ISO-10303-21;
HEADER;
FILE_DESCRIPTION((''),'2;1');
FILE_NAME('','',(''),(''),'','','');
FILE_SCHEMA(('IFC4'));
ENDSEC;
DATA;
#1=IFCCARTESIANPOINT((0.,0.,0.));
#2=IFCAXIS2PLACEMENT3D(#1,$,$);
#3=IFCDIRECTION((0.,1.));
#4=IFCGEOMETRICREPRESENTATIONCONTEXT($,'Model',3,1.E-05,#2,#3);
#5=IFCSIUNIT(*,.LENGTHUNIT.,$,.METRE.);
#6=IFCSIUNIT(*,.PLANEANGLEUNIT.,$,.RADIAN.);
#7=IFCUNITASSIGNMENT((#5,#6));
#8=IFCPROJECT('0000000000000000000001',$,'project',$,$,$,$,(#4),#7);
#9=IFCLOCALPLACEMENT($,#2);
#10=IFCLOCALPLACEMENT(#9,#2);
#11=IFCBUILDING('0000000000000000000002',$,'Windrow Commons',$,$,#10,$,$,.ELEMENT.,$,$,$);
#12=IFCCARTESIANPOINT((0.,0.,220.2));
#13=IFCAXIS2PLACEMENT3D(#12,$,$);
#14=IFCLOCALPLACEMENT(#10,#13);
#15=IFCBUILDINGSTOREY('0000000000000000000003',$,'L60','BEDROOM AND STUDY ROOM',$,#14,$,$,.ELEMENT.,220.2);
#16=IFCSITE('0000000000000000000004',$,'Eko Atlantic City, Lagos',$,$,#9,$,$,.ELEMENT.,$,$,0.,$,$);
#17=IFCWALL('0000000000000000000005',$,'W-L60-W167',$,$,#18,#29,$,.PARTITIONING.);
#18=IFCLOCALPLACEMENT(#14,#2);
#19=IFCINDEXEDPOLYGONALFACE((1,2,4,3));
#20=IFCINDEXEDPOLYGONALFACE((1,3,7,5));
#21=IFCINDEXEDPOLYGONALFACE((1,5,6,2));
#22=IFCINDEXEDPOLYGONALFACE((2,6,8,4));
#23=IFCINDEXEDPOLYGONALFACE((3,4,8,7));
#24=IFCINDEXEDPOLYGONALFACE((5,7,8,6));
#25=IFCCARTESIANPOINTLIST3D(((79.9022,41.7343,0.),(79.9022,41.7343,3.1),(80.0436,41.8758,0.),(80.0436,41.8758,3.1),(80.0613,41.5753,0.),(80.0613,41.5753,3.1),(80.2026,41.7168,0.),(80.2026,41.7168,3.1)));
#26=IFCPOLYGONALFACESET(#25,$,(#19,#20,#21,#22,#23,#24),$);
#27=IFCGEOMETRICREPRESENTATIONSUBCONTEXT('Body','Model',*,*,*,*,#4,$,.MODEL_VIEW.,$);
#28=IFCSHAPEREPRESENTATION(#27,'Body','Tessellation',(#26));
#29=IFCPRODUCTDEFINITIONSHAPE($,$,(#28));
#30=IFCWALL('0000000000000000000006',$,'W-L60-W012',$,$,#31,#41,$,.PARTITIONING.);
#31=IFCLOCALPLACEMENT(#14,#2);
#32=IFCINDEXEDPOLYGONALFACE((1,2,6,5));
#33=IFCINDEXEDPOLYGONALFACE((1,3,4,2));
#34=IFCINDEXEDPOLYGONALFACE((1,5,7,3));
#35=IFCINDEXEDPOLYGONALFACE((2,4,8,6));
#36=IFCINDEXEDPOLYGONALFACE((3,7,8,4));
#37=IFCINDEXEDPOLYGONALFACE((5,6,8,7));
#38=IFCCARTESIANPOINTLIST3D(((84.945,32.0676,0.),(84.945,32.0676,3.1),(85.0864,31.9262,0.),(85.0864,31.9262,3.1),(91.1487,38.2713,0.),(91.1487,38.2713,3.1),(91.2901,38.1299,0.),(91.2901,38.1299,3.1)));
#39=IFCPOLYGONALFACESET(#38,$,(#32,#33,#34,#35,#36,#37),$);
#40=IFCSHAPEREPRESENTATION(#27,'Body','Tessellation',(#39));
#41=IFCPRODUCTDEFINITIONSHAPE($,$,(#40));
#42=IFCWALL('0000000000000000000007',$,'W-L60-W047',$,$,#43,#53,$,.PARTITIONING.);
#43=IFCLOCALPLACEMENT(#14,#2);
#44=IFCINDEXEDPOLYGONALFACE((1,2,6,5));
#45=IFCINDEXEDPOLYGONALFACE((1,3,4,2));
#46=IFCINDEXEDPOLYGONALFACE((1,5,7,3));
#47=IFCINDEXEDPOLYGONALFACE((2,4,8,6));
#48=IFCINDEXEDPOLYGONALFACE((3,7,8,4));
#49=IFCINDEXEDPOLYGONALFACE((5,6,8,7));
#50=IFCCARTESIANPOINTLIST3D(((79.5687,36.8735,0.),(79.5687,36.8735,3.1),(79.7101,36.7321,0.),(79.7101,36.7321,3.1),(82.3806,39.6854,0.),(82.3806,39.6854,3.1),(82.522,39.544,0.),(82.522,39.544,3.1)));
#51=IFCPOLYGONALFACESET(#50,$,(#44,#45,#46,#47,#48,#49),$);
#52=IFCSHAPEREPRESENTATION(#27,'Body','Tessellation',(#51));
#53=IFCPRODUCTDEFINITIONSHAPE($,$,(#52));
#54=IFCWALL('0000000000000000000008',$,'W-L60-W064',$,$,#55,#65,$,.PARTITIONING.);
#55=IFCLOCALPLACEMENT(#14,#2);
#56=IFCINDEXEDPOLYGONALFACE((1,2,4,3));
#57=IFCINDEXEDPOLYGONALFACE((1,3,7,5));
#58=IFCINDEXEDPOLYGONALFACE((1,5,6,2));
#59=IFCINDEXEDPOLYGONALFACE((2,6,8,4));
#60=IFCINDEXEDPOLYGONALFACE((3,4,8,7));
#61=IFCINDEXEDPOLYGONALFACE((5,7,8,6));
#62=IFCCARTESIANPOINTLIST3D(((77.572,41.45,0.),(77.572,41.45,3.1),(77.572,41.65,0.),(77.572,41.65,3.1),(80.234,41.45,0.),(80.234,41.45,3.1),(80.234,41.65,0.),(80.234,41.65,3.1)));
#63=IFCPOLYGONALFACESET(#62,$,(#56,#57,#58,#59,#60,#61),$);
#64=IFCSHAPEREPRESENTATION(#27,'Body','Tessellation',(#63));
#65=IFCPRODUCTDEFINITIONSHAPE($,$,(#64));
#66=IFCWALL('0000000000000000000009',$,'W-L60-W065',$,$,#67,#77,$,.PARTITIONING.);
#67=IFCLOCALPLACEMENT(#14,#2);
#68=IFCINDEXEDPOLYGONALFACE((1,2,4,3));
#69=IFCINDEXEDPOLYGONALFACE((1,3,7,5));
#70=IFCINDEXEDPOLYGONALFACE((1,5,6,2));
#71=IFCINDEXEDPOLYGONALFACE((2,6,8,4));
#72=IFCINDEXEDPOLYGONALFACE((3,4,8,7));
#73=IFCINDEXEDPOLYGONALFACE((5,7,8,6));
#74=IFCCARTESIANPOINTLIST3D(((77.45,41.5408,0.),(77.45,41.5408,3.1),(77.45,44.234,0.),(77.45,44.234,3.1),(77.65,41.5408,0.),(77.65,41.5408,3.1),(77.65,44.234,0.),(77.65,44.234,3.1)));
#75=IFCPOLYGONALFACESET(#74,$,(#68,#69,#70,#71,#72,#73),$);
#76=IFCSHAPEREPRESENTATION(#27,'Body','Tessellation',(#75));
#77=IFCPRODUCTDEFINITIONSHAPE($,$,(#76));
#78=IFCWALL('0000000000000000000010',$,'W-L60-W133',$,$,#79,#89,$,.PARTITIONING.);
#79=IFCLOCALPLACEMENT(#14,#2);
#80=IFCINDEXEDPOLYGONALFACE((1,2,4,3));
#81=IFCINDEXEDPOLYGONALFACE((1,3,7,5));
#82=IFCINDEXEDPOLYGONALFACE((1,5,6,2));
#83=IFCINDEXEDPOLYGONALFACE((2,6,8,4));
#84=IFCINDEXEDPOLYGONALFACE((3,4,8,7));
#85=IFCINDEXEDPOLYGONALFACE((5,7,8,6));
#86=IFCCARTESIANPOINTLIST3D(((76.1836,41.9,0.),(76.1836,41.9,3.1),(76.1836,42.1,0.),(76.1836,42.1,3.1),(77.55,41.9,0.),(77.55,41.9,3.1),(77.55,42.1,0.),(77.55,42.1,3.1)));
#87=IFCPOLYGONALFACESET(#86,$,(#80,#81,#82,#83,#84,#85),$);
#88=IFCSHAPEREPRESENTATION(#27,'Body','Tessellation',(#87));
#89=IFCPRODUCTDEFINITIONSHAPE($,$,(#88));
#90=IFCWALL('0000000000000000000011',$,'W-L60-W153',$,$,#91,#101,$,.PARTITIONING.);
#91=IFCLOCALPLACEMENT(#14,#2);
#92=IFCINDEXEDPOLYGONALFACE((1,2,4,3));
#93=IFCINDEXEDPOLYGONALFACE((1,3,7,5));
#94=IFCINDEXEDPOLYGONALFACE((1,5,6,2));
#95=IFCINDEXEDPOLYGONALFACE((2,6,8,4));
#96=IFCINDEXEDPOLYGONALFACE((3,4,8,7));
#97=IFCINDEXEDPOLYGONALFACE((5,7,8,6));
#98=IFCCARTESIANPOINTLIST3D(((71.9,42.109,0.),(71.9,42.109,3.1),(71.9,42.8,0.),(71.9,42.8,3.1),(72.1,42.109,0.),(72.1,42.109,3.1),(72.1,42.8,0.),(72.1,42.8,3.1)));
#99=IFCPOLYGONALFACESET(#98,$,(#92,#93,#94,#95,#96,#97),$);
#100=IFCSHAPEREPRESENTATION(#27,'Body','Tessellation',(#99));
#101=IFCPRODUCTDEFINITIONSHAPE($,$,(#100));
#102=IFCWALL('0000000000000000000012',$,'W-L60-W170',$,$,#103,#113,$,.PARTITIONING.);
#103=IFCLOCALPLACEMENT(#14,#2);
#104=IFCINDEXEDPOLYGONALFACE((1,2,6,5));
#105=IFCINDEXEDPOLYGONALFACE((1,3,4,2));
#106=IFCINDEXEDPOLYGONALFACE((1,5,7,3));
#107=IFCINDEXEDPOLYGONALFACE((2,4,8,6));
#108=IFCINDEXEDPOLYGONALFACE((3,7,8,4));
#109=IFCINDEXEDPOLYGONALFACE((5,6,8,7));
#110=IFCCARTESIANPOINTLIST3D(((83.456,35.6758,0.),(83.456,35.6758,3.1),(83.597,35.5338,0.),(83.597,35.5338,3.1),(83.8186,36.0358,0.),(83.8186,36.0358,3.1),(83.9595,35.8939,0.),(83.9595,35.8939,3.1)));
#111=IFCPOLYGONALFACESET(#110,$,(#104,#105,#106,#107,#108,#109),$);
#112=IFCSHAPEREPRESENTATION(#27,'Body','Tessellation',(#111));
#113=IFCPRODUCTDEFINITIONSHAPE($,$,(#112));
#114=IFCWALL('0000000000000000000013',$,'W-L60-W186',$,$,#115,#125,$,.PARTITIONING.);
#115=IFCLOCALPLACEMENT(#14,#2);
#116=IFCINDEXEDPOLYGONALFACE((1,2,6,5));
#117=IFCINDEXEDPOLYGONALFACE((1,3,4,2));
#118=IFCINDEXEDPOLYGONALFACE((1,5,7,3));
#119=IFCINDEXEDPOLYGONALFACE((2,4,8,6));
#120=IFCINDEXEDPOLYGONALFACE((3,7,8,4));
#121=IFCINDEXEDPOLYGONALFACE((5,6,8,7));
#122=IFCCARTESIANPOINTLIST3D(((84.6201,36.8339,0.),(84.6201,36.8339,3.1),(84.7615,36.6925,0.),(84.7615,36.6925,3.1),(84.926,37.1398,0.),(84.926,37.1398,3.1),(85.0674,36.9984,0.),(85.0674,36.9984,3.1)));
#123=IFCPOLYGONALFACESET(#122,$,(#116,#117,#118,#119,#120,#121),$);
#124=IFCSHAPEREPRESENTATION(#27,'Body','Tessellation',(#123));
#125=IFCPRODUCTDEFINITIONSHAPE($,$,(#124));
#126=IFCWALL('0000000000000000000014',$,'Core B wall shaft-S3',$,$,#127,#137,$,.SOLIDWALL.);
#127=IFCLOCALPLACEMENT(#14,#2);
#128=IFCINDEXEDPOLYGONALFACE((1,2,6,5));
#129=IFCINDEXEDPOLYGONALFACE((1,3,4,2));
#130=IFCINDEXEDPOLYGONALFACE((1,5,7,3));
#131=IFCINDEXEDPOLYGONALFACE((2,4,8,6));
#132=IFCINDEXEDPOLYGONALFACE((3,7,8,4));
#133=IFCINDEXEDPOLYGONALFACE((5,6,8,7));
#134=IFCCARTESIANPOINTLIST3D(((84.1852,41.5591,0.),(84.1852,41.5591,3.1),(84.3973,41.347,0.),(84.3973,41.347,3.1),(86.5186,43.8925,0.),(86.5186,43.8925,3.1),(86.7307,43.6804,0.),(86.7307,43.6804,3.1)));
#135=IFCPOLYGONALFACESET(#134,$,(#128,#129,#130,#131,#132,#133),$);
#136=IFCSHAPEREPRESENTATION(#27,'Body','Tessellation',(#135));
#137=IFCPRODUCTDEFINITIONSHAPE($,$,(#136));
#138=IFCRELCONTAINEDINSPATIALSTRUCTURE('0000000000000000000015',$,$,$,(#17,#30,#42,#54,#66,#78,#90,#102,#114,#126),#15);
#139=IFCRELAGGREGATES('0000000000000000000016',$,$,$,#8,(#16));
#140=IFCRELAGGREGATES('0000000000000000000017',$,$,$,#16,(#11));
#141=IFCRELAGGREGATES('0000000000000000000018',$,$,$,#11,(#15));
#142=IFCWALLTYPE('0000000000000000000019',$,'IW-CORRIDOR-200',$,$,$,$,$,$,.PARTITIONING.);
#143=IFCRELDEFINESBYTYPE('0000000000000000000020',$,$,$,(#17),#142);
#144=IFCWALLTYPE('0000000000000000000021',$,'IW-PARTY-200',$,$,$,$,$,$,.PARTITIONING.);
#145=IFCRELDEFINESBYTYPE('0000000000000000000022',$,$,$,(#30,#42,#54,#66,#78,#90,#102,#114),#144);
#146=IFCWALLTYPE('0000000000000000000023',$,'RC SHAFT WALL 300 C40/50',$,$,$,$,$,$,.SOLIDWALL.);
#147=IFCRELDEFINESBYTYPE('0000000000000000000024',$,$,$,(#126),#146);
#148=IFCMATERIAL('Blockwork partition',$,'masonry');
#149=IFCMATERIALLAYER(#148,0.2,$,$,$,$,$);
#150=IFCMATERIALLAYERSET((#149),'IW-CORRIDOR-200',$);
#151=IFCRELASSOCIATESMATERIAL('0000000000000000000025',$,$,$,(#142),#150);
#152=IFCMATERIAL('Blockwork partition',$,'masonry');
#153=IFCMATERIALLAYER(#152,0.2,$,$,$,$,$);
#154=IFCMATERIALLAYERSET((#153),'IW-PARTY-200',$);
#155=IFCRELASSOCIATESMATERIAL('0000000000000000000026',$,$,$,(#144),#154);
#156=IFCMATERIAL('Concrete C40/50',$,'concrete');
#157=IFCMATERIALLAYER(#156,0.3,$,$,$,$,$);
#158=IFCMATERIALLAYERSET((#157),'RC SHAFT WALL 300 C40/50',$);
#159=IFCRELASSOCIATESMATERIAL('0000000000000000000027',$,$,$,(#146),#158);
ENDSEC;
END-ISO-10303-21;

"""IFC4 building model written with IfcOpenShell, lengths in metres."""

from ifc_helpers import new_model, si_unit, direction, frame, frame_2d, origin, place, context, subcontext, project, spatial, rectangle, extrude, material, layer, layer_set, type_object, element, save


model = new_model("IFC4")

# Units and contexts
model_context = context("Model", 3, precision=1e-05, world=origin(), true_north=direction((0.0, 1.0)))
body_context = subcontext(model_context, "Body", "Model", "MODEL_VIEW")
ifc_project = project(units=[si_unit("LENGTHUNIT", "METRE"), si_unit("PLANEANGLEUNIT", "RADIAN")], contexts=[model_context])

# Site, building, storey
site_placement = place(None, origin())
site = spatial("IfcSite", under=ifc_project, at=site_placement, Name="Eko Atlantic City, Lagos", CompositionType="ELEMENT", RefElevation=0.0)
building_placement = place(site_placement, origin())
building = spatial("IfcBuilding", under=site, at=building_placement, Name="Windrow Commons", CompositionType="ELEMENT")
storey_placement = place(building_placement, frame((0.0, 0.0, 220.2)))
storey = spatial("IfcBuildingStorey", under=building, at=storey_placement, Name="L60", Description="BEDROOM AND STUDY ROOM", CompositionType="ELEMENT", Elevation=220.2)

# Walls
ifc_material_1 = material(Name="Blockwork partition", Category="masonry")
ifc_layer_1 = layer(ifc_material_1, 0.2)
ifc_layer_set_1 = layer_set([ifc_layer_1], Name="IW-CORRIDOR-200")
wall_type_1 = type_object("IfcWallType", Name="IW-CORRIDOR-200", PredefinedType="PARTITIONING", material=ifc_layer_set_1)
wall_1_placement = place(storey_placement, frame((79.9729, 41.805, 0.0), z_axis=(0.0, 0.0, 1.0), x_axis=(0.707329, -0.706884, 0.0)))
element("IfcWall", 1, at=wall_1_placement, inside=storey, type_object=wall_type_1, Name="W-L60-W167", PredefinedType="PARTITIONING", context=body_context, shape_type="SweptSolid", body=[
    extrude(rectangle(XDim=0.2249, YDim=0.2, at=frame_2d((0.1124, 0.0))), origin(), (0.0, 0.0, 1.0), 3.1),
])
ifc_material_2 = material(Name="Blockwork partition", Category="masonry")
ifc_layer_2 = layer(ifc_material_2, 0.2)
ifc_layer_set_2 = layer_set([ifc_layer_2], Name="IW-PARTY-200")
wall_type_2 = type_object("IfcWallType", Name="IW-PARTY-200", PredefinedType="PARTITIONING", material=ifc_layer_set_2)
wall_2_placement = place(storey_placement, frame((85.0157, 31.9969, 0.0), z_axis=(0.0, 0.0, 1.0), x_axis=(0.707107, 0.707107, 0.0)))
element("IfcWall", 2, at=wall_2_placement, inside=storey, type_object=wall_type_2, Name="W-L60-W012", PredefinedType="PARTITIONING", context=body_context, shape_type="SweptSolid", body=[
    extrude(rectangle(XDim=8.7734, YDim=0.2, at=frame_2d((4.3867, 0.0))), origin(), (0.0, 0.0, 1.0), 3.1),
])
wall_3_placement = place(storey_placement, frame((79.6394, 36.8028, 0.0), z_axis=(0.0, 0.0, 1.0), x_axis=(0.707107, 0.707107, 0.0)))
element("IfcWall", 3, at=wall_3_placement, inside=storey, type_object=wall_type_2, Name="W-L60-W047", PredefinedType="PARTITIONING", context=body_context, shape_type="SweptSolid", body=[
    extrude(rectangle(XDim=3.9766, YDim=0.2, at=frame_2d((1.9883, 0.0))), origin(), (0.0, 0.0, 1.0), 3.1),
])
wall_4_placement = place(storey_placement, frame((77.572, 41.55, 0.0), z_axis=(0.0, 0.0, 1.0), x_axis=(1.0, 0.0, 0.0)))
element("IfcWall", 4, at=wall_4_placement, inside=storey, type_object=wall_type_2, Name="W-L60-W064", PredefinedType="PARTITIONING", context=body_context, shape_type="SweptSolid", body=[
    extrude(rectangle(XDim=2.662, YDim=0.2, at=frame_2d((1.331, 0.0))), origin(), (0.0, 0.0, 1.0), 3.1),
])
wall_5_placement = place(storey_placement, frame((77.55, 41.5409, 0.0), z_axis=(0.0, 0.0, 1.0), x_axis=(0.0, 1.0, 0.0)))
element("IfcWall", 5, at=wall_5_placement, inside=storey, type_object=wall_type_2, Name="W-L60-W065", PredefinedType="PARTITIONING", context=body_context, shape_type="SweptSolid", body=[
    extrude(rectangle(XDim=2.6931, YDim=0.2, at=frame_2d((1.3465, 0.0))), origin(), (0.0, 0.0, 1.0), 3.1),
])
wall_6_placement = place(storey_placement, frame((76.1836, 42.0, 0.0), z_axis=(0.0, 0.0, 1.0), x_axis=(1.0, 0.0, 0.0)))
element("IfcWall", 6, at=wall_6_placement, inside=storey, type_object=wall_type_2, Name="W-L60-W133", PredefinedType="PARTITIONING", context=body_context, shape_type="SweptSolid", body=[
    extrude(rectangle(XDim=1.3664, YDim=0.2, at=frame_2d((0.6832, 0.0))), origin(), (0.0, 0.0, 1.0), 3.1),
])
wall_7_placement = place(storey_placement, frame((72.0, 42.1089, 0.0), z_axis=(0.0, 0.0, 1.0), x_axis=(0.0, 1.0, 0.0)))
element("IfcWall", 7, at=wall_7_placement, inside=storey, type_object=wall_type_2, Name="W-L60-W153", PredefinedType="PARTITIONING", context=body_context, shape_type="SweptSolid", body=[
    extrude(rectangle(XDim=0.6911, YDim=0.2, at=frame_2d((0.3456, 0.0))), origin(), (0.0, 0.0, 1.0), 3.1),
])
wall_8_placement = place(storey_placement, frame((83.5265, 35.6048, 0.0), z_axis=(0.0, 0.0, 1.0), x_axis=(0.709549, 0.704657, 0.0)))
element("IfcWall", 8, at=wall_8_placement, inside=storey, type_object=wall_type_2, Name="W-L60-W170", PredefinedType="PARTITIONING", context=body_context, shape_type="SweptSolid", body=[
    extrude(rectangle(XDim=0.511, YDim=0.2, at=frame_2d((0.2555, 0.0))), origin(), (0.0, 0.0, 1.0), 3.1),
])
wall_9_placement = place(storey_placement, frame((84.6908, 36.7632, 0.0), z_axis=(0.0, 0.0, 1.0), x_axis=(0.707107, 0.707107, 0.0)))
element("IfcWall", 9, at=wall_9_placement, inside=storey, type_object=wall_type_2, Name="W-L60-W186", PredefinedType="PARTITIONING", context=body_context, shape_type="SweptSolid", body=[
    extrude(rectangle(XDim=0.4327, YDim=0.2, at=frame_2d((0.2163, 0.0))), origin(), (0.0, 0.0, 1.0), 3.1),
])
ifc_material_3 = material(Name="Concrete C40/50", Category="concrete")
ifc_layer_3 = layer(ifc_material_3, 0.3)
ifc_layer_set_3 = layer_set([ifc_layer_3], Name="RC SHAFT WALL 300 C40/50")
wall_type_3 = type_object("IfcWallType", Name="RC SHAFT WALL 300 C40/50", PredefinedType="SOLIDWALL", material=ifc_layer_set_3)
wall_10_placement = place(storey_placement, frame((84.2912, 41.453, 0.0), z_axis=(0.0, 0.0, 1.0), x_axis=(0.707107, 0.707107, 0.0)))
element("IfcWall", 10, at=wall_10_placement, inside=storey, type_object=wall_type_3, Name="Core B wall shaft-S3", PredefinedType="SOLIDWALL", context=body_context, shape_type="SweptSolid", body=[
    extrude(rectangle(XDim=3.2999, YDim=0.3, at=frame_2d((1.65, 0.0))), origin(), (0.0, 0.0, 1.0), 3.1),
])

save(model, "model.ifc")
